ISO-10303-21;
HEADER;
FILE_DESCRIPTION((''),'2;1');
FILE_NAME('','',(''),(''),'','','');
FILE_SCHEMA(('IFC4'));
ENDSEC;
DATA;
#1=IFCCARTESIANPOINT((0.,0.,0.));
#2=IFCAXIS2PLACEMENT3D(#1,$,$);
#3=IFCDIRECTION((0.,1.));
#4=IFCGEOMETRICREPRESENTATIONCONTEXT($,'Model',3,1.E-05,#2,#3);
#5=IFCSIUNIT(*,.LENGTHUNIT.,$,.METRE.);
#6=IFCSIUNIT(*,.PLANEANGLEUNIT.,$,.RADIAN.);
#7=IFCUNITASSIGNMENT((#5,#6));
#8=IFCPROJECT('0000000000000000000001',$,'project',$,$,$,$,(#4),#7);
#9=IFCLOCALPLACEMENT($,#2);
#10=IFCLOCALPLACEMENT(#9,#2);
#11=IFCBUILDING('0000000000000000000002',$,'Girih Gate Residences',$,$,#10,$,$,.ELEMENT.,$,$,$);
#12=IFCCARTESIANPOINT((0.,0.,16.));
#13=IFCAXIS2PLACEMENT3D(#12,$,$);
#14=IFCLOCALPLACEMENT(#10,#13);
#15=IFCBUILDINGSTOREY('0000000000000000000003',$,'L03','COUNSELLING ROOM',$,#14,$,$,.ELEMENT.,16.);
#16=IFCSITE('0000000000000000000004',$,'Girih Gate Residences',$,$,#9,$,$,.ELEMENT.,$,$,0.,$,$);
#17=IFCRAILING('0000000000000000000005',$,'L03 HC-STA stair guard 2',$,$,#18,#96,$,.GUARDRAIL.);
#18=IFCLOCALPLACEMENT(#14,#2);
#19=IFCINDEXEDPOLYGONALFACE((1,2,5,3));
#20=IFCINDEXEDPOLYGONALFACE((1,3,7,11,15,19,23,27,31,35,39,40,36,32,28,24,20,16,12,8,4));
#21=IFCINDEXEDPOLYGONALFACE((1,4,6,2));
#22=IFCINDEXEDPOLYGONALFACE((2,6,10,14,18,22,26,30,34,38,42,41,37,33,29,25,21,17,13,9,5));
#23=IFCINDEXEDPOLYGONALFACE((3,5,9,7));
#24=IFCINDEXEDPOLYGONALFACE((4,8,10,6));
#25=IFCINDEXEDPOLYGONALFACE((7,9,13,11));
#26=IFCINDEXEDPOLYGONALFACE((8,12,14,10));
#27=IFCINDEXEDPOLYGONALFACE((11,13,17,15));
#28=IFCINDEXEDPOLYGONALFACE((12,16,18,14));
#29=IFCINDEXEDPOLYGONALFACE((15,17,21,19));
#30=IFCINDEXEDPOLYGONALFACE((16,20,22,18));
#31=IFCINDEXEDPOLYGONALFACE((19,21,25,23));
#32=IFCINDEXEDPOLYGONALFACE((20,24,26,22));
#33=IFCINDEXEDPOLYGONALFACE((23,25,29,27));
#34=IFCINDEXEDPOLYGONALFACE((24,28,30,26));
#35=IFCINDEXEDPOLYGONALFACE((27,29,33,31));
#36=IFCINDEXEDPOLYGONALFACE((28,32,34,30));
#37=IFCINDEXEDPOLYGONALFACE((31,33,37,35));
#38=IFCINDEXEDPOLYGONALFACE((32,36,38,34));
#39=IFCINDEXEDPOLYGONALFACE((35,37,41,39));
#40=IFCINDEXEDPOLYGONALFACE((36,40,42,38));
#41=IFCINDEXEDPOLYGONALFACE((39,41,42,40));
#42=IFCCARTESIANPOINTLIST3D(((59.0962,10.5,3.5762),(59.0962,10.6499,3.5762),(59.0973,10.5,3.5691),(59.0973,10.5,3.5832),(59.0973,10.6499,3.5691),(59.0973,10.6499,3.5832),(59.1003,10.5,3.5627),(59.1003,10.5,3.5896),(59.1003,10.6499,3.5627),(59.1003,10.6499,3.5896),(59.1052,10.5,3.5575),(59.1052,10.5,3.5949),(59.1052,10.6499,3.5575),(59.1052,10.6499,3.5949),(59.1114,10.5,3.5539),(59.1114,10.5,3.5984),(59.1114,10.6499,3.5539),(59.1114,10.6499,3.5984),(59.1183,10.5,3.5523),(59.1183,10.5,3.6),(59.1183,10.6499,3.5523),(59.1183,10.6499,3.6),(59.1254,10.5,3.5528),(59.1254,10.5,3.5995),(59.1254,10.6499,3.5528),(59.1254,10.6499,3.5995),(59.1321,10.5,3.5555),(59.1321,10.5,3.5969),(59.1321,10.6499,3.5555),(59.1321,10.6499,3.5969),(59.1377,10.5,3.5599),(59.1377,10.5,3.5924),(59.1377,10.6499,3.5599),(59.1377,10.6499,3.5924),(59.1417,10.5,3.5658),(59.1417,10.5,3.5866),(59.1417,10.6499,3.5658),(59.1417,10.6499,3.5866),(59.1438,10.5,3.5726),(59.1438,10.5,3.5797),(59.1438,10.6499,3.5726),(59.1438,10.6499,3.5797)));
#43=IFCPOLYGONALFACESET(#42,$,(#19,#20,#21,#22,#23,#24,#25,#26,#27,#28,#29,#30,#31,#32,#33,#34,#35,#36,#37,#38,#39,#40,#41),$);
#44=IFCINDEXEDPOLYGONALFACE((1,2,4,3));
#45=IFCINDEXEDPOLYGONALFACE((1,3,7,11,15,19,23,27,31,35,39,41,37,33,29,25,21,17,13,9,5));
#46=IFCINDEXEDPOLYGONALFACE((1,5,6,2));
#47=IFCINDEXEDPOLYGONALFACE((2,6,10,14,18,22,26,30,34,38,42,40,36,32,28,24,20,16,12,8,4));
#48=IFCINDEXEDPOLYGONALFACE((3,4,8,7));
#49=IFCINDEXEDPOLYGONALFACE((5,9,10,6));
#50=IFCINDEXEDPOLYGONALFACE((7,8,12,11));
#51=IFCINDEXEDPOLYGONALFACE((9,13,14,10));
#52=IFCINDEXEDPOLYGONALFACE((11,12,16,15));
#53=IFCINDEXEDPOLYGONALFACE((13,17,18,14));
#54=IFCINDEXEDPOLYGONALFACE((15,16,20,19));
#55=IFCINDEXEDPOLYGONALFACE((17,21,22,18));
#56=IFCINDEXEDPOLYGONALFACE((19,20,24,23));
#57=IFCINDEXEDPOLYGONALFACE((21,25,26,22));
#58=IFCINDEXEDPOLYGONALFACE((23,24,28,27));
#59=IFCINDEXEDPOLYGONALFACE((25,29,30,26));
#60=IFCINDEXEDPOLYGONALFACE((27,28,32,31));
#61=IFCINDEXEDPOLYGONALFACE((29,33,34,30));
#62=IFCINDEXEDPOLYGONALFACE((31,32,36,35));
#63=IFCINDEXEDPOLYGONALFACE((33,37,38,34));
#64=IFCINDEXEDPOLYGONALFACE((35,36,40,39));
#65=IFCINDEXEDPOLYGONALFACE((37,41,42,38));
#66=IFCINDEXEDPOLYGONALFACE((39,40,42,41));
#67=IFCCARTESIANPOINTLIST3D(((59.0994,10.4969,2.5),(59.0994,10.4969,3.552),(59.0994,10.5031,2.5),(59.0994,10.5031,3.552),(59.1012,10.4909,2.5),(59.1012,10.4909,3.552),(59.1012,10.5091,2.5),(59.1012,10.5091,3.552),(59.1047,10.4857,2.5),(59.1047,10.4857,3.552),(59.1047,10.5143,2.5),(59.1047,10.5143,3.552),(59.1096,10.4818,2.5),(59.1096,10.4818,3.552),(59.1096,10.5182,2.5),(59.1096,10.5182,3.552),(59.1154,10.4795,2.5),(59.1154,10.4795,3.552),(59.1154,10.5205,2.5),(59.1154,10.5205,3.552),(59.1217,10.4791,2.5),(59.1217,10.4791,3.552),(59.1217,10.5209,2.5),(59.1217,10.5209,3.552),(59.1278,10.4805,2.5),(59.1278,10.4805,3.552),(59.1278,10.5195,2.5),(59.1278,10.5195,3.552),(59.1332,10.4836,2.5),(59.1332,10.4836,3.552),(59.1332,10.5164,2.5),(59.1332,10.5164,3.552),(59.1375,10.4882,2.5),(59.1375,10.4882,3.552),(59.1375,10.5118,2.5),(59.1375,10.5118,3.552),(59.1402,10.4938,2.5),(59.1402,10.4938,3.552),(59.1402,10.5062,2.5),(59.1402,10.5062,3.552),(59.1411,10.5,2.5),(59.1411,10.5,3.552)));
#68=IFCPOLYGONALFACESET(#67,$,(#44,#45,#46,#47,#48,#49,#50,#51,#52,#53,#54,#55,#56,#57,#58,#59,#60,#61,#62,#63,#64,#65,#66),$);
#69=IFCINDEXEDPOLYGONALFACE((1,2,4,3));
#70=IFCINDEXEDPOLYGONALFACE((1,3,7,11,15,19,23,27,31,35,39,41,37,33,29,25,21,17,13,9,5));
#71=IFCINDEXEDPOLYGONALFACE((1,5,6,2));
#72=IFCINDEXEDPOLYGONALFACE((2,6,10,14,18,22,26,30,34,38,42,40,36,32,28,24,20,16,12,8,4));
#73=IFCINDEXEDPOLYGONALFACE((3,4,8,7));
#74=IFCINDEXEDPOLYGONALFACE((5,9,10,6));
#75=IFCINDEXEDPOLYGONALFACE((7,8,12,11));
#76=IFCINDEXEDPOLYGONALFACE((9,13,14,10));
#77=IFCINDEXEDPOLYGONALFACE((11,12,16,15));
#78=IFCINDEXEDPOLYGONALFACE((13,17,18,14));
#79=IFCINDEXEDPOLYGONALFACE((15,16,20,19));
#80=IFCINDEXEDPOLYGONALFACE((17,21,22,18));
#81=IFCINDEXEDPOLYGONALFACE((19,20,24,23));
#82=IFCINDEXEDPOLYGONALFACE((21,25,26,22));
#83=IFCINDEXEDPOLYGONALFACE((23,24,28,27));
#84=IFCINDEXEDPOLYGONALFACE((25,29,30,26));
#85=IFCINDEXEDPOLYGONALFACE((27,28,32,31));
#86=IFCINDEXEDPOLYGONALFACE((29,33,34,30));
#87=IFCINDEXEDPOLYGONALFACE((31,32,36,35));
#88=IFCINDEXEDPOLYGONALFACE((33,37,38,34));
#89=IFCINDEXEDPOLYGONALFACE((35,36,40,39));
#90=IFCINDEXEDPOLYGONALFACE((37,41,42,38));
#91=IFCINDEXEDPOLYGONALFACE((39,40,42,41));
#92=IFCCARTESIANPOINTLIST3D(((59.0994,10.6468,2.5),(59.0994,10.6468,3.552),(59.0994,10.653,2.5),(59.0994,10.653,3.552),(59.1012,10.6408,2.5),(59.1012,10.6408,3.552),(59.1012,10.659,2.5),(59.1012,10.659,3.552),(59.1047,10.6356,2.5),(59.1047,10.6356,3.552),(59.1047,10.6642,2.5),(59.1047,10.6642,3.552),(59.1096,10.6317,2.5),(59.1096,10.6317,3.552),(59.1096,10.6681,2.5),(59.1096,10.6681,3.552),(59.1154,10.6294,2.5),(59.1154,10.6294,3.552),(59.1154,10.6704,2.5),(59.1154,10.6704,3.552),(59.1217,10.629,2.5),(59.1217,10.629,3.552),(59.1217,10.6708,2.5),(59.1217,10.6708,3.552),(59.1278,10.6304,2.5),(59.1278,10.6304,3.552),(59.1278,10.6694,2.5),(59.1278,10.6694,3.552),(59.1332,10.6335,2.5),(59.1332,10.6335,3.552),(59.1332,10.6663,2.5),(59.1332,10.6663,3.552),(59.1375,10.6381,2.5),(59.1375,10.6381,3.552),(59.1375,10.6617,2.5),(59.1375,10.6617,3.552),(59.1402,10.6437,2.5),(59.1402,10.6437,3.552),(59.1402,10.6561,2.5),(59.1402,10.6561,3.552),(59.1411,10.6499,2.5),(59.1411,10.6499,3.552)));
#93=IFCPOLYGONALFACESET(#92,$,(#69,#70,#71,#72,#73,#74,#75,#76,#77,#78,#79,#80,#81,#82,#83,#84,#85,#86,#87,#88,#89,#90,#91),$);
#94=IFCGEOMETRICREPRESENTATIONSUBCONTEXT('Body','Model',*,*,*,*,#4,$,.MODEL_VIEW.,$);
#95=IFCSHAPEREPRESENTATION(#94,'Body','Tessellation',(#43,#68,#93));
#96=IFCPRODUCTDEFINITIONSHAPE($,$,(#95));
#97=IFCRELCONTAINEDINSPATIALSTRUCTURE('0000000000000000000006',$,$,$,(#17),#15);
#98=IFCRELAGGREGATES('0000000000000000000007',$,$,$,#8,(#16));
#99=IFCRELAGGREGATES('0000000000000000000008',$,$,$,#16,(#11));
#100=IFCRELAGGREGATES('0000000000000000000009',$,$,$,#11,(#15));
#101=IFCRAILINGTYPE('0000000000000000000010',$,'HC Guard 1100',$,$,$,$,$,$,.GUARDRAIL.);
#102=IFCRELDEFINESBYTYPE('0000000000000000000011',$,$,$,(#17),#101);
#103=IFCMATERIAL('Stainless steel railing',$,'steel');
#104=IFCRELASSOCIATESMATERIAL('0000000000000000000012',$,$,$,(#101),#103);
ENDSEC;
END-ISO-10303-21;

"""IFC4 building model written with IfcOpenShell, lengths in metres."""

from ifc_helpers import new_model, si_unit, direction, frame, origin, origin_2d, place, context, subcontext, project, spatial, circle, extrude, material, type_object, element, save


model = new_model("IFC4")

# Units and contexts
model_context = context("Model", 3, precision=1e-05, world=origin(), true_north=direction((0.0, 1.0)))
body_context = subcontext(model_context, "Body", "Model", "MODEL_VIEW")
ifc_project = project(units=[si_unit("LENGTHUNIT", "METRE"), si_unit("PLANEANGLEUNIT", "RADIAN")], contexts=[model_context])

# Site, building, storey
site_placement = place(None, origin())
site = spatial("IfcSite", under=ifc_project, at=site_placement, Name="Girih Gate Residences", CompositionType="ELEMENT", RefElevation=0.0)
building_placement = place(site_placement, origin())
building = spatial("IfcBuilding", under=site, at=building_placement, Name="Girih Gate Residences", CompositionType="ELEMENT")
storey_placement = place(building_placement, frame((0.0, 0.0, 16.0)))
storey = spatial("IfcBuildingStorey", under=building, at=storey_placement, Name="L03", Description="COUNSELLING ROOM", CompositionType="ELEMENT", Elevation=16.0)

# Railing
ifc_material_1 = material(Name="Stainless steel railing", Category="steel")
railing_type_1 = type_object("IfcRailingType", Name="HC Guard 1100", PredefinedType="GUARDRAIL", material=ifc_material_1)
railing_1_placement = place(storey_placement, frame((59.1201, 10.5, 2.5)))
element("IfcRailing", 1, at=railing_1_placement, inside=storey, type_object=railing_type_1, Name="L03 HC-STA stair guard 2", PredefinedType="GUARDRAIL", context=body_context, shape_type="SweptSolid", body=[
    extrude(circle(Radius=0.0239, at=origin_2d()), frame((0.0, 0.0, 1.0762), z_axis=(0.0, 1.0, 0.0), x_axis=(-1.0, 0.0, 0.0)), (0.0, 0.0, 1.0), 0.1499),
    extrude(circle(Radius=0.021, at=origin_2d()), origin(), (0.0, 0.0, 1.0), 1.052),
    extrude(circle(Radius=0.021, at=origin_2d()), frame((0.0, 0.1499, 0.0)), (0.0, 0.0, 1.0), 1.052),
])

save(model, "model.ifc")
